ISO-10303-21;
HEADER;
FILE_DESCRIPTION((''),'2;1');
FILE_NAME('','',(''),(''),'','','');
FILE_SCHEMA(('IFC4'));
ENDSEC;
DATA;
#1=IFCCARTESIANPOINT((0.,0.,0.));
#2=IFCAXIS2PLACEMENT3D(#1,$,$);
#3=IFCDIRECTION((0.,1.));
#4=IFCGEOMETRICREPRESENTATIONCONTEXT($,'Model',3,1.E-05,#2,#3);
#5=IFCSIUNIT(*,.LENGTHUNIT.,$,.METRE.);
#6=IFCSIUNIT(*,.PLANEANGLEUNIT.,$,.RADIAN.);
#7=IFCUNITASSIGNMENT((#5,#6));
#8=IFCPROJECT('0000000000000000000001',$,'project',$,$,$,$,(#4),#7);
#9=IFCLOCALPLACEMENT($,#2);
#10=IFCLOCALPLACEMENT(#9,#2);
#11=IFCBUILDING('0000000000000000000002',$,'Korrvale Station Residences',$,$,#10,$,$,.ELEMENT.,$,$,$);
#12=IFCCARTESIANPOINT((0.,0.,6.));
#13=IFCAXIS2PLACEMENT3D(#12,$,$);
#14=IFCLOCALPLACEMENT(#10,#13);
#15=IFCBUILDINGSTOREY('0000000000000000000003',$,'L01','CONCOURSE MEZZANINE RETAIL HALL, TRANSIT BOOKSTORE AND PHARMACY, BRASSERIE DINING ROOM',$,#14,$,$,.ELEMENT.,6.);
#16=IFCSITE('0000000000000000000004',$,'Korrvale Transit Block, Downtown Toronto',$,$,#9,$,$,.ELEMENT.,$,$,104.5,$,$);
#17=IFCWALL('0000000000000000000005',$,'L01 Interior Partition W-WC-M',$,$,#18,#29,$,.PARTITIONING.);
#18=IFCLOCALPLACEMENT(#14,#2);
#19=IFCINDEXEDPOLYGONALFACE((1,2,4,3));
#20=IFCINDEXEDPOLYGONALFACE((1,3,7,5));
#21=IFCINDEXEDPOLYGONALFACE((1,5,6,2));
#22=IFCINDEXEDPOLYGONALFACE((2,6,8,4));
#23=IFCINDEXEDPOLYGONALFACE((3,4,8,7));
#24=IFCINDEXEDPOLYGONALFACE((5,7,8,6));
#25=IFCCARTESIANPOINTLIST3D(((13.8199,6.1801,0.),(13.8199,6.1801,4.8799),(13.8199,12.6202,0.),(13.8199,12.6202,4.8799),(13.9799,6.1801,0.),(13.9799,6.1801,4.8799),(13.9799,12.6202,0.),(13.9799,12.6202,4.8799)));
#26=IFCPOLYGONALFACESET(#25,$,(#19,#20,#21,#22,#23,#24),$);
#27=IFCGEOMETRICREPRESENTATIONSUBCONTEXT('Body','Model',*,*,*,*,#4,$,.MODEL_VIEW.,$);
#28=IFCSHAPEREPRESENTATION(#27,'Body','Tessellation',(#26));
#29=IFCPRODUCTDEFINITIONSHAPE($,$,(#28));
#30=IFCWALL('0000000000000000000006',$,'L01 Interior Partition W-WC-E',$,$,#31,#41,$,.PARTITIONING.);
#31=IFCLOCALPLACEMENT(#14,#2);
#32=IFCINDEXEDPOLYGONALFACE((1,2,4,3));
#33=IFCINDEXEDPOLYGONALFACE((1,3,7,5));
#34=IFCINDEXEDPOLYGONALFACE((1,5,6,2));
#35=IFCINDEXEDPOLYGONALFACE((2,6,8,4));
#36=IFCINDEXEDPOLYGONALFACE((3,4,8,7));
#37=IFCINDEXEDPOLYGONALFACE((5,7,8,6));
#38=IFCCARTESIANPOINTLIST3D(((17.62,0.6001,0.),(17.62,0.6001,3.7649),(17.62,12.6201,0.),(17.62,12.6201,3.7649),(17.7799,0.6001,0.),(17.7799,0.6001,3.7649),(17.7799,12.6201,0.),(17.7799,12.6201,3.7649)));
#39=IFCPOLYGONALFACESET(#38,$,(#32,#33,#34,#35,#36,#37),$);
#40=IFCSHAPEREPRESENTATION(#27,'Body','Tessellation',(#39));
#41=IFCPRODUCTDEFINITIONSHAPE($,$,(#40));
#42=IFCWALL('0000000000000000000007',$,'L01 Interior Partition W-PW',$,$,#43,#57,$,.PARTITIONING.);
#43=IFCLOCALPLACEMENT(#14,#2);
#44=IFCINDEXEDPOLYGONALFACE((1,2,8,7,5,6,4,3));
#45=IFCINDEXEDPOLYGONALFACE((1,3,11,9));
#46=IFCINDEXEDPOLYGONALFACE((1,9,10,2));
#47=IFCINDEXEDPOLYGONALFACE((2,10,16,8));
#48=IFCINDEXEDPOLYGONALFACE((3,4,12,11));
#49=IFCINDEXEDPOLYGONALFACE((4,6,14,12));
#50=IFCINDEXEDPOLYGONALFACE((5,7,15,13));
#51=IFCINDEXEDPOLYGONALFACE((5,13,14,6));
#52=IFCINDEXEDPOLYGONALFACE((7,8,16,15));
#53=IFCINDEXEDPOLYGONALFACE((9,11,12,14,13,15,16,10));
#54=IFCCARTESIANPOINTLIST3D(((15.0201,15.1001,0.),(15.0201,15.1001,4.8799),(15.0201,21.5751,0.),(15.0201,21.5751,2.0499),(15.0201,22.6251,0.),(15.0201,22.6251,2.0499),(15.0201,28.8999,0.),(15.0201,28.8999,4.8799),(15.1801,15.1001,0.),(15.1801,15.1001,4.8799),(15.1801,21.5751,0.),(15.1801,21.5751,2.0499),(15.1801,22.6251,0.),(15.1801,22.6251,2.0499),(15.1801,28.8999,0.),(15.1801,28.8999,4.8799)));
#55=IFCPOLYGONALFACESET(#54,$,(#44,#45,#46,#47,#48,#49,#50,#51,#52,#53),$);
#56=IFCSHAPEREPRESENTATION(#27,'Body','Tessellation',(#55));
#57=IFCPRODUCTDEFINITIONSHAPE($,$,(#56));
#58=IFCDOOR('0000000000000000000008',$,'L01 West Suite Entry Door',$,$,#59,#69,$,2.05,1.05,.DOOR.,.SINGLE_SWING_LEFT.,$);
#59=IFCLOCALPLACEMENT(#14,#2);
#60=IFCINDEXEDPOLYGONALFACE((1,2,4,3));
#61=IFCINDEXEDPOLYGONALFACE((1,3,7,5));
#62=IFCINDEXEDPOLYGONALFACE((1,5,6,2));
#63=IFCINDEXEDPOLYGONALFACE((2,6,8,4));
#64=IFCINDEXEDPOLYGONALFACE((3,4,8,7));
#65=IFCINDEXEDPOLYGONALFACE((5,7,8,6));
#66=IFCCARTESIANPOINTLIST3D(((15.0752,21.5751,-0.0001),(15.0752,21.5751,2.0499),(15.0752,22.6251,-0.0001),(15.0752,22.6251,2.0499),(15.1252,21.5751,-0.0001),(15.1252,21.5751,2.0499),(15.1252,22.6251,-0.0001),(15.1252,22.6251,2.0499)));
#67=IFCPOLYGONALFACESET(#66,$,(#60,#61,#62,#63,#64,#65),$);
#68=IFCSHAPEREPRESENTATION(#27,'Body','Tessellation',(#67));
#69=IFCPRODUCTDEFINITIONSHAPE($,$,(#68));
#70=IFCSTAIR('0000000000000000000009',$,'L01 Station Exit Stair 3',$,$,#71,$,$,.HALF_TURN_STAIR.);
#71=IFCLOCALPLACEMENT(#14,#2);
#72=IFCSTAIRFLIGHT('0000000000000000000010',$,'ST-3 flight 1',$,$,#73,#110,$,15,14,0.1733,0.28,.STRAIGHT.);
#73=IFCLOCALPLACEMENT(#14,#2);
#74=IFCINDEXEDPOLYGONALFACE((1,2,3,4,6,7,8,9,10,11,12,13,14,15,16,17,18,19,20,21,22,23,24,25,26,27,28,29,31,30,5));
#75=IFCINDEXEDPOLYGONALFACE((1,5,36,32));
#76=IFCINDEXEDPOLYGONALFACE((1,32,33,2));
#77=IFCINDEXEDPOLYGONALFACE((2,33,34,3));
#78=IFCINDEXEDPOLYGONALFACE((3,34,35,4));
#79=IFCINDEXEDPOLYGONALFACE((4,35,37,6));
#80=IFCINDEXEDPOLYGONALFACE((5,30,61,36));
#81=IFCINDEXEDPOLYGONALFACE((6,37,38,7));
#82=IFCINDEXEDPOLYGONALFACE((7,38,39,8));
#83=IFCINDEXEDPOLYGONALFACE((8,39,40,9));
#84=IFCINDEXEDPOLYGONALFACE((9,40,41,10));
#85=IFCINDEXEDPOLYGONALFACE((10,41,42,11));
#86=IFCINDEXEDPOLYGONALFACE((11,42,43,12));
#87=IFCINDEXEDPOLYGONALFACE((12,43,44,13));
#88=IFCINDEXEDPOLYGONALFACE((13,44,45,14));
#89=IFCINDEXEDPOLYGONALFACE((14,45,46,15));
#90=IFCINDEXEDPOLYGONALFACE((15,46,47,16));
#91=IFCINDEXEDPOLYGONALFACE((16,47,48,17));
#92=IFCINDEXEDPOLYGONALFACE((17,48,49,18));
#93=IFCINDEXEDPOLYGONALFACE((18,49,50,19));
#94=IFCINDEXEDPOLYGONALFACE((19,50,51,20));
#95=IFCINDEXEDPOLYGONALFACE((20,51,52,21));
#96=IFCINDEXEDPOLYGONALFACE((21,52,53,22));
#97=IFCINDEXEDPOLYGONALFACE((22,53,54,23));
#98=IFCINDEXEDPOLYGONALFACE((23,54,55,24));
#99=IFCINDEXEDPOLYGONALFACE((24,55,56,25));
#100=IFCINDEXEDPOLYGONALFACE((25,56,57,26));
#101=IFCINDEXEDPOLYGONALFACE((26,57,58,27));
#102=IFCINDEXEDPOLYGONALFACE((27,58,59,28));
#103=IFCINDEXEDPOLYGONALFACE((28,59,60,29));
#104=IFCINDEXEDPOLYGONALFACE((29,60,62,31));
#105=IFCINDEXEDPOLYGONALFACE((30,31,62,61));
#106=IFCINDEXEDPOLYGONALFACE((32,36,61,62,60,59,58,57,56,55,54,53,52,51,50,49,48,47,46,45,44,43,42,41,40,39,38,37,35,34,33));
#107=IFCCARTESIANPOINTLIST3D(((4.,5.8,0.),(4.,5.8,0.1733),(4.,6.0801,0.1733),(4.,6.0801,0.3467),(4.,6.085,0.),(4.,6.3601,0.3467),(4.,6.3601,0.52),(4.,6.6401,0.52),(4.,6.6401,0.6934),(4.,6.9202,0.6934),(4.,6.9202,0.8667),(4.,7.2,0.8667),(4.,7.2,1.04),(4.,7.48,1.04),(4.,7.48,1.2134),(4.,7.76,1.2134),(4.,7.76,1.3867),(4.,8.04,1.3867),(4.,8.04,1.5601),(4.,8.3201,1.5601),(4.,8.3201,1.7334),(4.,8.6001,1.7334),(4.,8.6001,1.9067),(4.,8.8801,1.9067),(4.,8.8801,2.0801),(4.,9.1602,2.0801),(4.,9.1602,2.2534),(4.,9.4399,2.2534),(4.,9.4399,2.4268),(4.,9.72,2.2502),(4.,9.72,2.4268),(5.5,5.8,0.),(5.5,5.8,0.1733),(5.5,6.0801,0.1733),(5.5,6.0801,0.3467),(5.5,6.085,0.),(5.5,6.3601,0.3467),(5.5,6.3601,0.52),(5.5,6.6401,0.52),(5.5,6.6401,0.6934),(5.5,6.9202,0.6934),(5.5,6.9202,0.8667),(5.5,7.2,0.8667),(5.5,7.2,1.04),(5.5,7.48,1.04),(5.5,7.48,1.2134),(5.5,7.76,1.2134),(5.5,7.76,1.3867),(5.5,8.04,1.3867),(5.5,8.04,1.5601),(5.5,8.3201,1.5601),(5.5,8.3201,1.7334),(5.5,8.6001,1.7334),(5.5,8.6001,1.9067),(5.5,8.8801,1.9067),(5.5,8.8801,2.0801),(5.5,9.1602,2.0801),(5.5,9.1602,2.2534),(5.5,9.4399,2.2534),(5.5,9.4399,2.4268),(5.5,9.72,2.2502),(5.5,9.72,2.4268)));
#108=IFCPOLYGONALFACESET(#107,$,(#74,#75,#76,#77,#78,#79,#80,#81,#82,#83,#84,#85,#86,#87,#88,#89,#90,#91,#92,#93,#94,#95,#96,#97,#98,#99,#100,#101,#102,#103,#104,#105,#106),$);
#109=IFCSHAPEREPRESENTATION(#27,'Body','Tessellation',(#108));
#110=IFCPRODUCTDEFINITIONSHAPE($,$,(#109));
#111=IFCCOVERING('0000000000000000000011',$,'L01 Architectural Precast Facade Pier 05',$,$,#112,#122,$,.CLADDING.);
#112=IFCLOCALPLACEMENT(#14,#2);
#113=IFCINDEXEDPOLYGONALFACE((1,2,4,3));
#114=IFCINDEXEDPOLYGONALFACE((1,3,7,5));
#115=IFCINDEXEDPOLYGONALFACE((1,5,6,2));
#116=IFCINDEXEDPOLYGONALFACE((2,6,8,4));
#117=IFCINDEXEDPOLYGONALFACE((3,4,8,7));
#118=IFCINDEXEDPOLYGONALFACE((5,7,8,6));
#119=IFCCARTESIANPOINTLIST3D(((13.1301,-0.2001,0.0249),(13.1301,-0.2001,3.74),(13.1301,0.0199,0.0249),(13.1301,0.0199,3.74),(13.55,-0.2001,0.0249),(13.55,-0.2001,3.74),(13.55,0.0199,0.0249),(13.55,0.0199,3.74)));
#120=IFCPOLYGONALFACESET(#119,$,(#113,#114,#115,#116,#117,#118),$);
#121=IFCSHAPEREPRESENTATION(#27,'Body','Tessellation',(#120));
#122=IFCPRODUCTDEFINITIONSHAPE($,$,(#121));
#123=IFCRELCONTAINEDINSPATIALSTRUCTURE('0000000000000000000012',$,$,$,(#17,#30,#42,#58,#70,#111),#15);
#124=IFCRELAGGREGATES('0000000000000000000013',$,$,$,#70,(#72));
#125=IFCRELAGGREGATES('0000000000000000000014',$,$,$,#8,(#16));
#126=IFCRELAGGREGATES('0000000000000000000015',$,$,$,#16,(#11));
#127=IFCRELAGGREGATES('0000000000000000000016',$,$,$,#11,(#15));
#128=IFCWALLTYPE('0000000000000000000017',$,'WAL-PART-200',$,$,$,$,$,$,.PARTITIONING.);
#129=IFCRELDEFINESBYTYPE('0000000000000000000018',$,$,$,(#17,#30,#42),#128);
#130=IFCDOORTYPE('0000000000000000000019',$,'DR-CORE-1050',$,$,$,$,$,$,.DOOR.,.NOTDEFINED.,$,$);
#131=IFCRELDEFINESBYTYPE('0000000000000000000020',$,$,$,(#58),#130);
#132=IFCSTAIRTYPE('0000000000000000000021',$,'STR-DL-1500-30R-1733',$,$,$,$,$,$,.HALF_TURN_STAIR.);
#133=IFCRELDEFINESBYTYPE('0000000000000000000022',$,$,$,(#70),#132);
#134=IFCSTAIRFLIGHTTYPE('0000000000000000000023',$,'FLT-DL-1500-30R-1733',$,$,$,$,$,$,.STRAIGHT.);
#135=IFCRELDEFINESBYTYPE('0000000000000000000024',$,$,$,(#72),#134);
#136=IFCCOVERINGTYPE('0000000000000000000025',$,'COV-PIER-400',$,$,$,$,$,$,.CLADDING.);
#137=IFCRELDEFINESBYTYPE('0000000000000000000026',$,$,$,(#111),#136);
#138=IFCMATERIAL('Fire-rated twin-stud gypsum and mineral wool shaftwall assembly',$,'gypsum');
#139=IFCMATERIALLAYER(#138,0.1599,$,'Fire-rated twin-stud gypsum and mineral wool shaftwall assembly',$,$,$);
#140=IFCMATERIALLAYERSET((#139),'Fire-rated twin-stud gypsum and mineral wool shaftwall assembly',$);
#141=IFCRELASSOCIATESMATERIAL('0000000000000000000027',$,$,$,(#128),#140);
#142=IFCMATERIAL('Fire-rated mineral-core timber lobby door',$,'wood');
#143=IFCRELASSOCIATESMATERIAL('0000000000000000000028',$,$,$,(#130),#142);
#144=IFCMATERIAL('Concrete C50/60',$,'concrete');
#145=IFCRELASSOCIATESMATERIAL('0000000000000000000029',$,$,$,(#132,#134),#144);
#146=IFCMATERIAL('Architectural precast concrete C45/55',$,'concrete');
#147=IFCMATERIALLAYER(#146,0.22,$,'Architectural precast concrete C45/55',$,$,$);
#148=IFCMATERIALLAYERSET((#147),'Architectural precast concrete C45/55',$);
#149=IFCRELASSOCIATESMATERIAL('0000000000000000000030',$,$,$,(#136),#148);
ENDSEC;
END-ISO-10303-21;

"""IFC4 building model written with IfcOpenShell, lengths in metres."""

from ifc_helpers import new_model, si_unit, direction, frame, frame_2d, origin, origin_2d, place, context, subcontext, project, spatial, polyline, rectangle, outline, extrude, material, layer, layer_set, type_object, element, fill, aggregate, save


model = new_model("IFC4")

# Units and contexts
model_context = context("Model", 3, precision=1e-05, world=origin(), true_north=direction((0.0, 1.0)))
body_context = subcontext(model_context, "Body", "Model", "MODEL_VIEW")
ifc_project = project(units=[si_unit("LENGTHUNIT", "METRE"), si_unit("PLANEANGLEUNIT", "RADIAN")], contexts=[model_context])

# Site, building, storey
site_placement = place(None, origin())
site = spatial("IfcSite", under=ifc_project, at=site_placement, Name="Korrvale Transit Block, Downtown Toronto", CompositionType="ELEMENT", RefElevation=104.5)
building_placement = place(site_placement, origin())
building = spatial("IfcBuilding", under=site, at=building_placement, Name="Korrvale Station Residences", CompositionType="ELEMENT")
storey_placement = place(building_placement, frame((0.0, 0.0, 6.0)))
storey = spatial("IfcBuildingStorey", under=building, at=storey_placement, Name="L01", Description="CONCOURSE MEZZANINE RETAIL HALL, TRANSIT BOOKSTORE AND PHARMACY, BRASSERIE DINING ROOM", CompositionType="ELEMENT", Elevation=6.0)

# Shared definitions
ifc_material_1 = material(Name="Fire-rated twin-stud gypsum and mineral wool shaftwall assembly", Category="gypsum")
ifc_layer_1 = layer(ifc_material_1, 0.1599, Name="Fire-rated twin-stud gypsum and mineral wool shaftwall assembly")
ifc_layer_set_1 = layer_set([ifc_layer_1], Name="Fire-rated twin-stud gypsum and mineral wool shaftwall assembly")
wall_type_1 = type_object("IfcWallType", Name="WAL-PART-200", PredefinedType="PARTITIONING", material=ifc_layer_set_1)
ifc_material_2 = material(Name="Fire-rated mineral-core timber lobby door", Category="wood")
door_type_1 = type_object("IfcDoorType", Name="DR-CORE-1050", OperationType="NOTDEFINED", PredefinedType="DOOR", material=ifc_material_2)

# Walls
wall_1_placement = place(storey_placement, frame((13.8999, 6.1799, 0.0), z_axis=(0.0, 0.0, 1.0), x_axis=(0.0, 1.0, 0.0)))
element("IfcWall", 1, at=wall_1_placement, inside=storey, type_object=wall_type_1, Name="L01 Interior Partition W-WC-M", PredefinedType="PARTITIONING", context=body_context, shape_type="SweptSolid", body=[
    extrude(rectangle(XDim=6.4402, YDim=0.1599, at=frame_2d((3.2202, 0.0))), origin(), (0.0, 0.0, 1.0), 4.8799),
])
wall_2_placement = place(storey_placement, frame((17.7, 0.6001, 0.0), z_axis=(0.0, 0.0, 1.0), x_axis=(0.0, 1.0, 0.0)))
element("IfcWall", 2, at=wall_2_placement, inside=storey, type_object=wall_type_1, Name="L01 Interior Partition W-WC-E", PredefinedType="PARTITIONING", context=body_context, shape_type="SweptSolid", body=[
    extrude(rectangle(XDim=12.02, YDim=0.1599, at=frame_2d((6.01, 0.0))), origin(), (0.0, 0.0, 1.0), 3.7649),
])

# Wall, opening, door
wall_3_placement = place(storey_placement, frame((15.1001, 15.1001, 0.0), z_axis=(0.0, 0.0, 1.0), x_axis=(0.0, 1.0, 0.0)))
wall_3 = element("IfcWall", 3, at=wall_3_placement, inside=storey, type_object=wall_type_1, Name="L01 Interior Partition W-PW", PredefinedType="PARTITIONING", context=body_context, shape_type="SweptSolid", body=[
    extrude(rectangle(XDim=13.7998, YDim=0.1599, at=frame_2d((6.8999, 0.0))), origin(), (0.0, 0.0, 1.0), 4.8799),
])
opening_1_placement = place(wall_3_placement, frame((6.4751, 0.0, 0.0)))
opening_1 = element("IfcOpeningElement", 4, at=opening_1_placement, cuts=wall_3, PredefinedType="OPENING", context=body_context, shape_type="SweptSolid", body=[
    extrude(rectangle(XDim=1.05, YDim=2.05, at=frame_2d((0.5249, 1.0249))), frame((0.0, 0.0898, 0.0), z_axis=(0.0, -1.0, 0.0), x_axis=(1.0, 0.0, 0.0)), (0.0, 0.0, 1.0), 0.1799),
])
door_1_placement = place(opening_1_placement, origin())
door_1 = element("IfcDoor", 5, at=door_1_placement, inside=storey, type_object=door_type_1, Name="L01 West Suite Entry Door", OperationType="SINGLE_SWING_LEFT", OverallHeight=2.05, OverallWidth=1.05, PredefinedType="DOOR", context=body_context, shape_type="SweptSolid", body=[
    extrude(rectangle(XDim=1.05, YDim=2.05, at=frame_2d((0.5249, 1.0249))), frame((0.0, 0.0249, 0.0), z_axis=(0.0, -1.0, 0.0), x_axis=(1.0, 0.0, 0.0)), (0.0, 0.0, 1.0), 0.05),
])
fill(opening_1, door_1)

# Stair, stair flight
ifc_material_3 = material(Name="Concrete C50/60", Category="concrete")
stair_type = type_object("IfcStairType", Name="STR-DL-1500-30R-1733", PredefinedType="HALF_TURN_STAIR", material=ifc_material_3)
stair_placement = place(storey_placement, origin())
stair = element("IfcStair", 6, at=stair_placement, inside=storey, type_object=stair_type, Name="L01 Station Exit Stair 3", PredefinedType="HALF_TURN_STAIR")
stair_flight_type = type_object("IfcStairFlightType", Name="FLT-DL-1500-30R-1733", PredefinedType="STRAIGHT", material=ifc_material_3)
stair_flight_placement = place(storey_placement, frame((4.75, 5.8, 0.0), z_axis=(0.0, 0.0, 1.0), x_axis=(0.0, 1.0, 0.0)))
stair_flight = element("IfcStairFlight", 7, at=stair_flight_placement, type_object=stair_flight_type, Name="ST-3 flight 1", NumberOfRisers=15, NumberOfTreads=14, PredefinedType="STRAIGHT", RiserHeight=0.1733, TreadLength=0.28, context=body_context, shape_type="SweptSolid", body=[
    extrude(outline(polyline([(0.0, 0.0), (0.0, 0.1733), (0.28, 0.1733), (0.28, 0.3467), (0.5601, 0.3467), (0.5601, 0.52), (0.8401, 0.52), (0.8401, 0.6934), (1.1201, 0.6934), (1.1201, 0.8667), (1.3999, 0.8667), (1.3999, 1.04), (1.6799, 1.04), (1.6799, 1.2134), (1.96, 1.2134), (1.96, 1.3867), (2.24, 1.3867), (2.24, 1.5601), (2.52, 1.5601), (2.52, 1.7334), (2.8, 1.7334), (2.8, 1.9067), (3.0801, 1.9067), (3.0801, 2.0801), (3.3601, 2.0801), (3.3601, 2.2534), (3.6399, 2.2534), (3.6399, 2.4268), (3.9199, 2.4268), (3.9199, 2.6001), (3.9199, 2.2502), (0.2849, 0.0), (0.0, 0.0)])), frame((0.0, 0.75, 0.0), z_axis=(0.0, -1.0, 0.0), x_axis=(1.0, 0.0, 0.0)), (0.0, 0.0, 1.0), 1.5),
])
aggregate(stair, [stair_flight])

# Covering
ifc_material_4 = material(Name="Architectural precast concrete C45/55", Category="concrete")
ifc_layer_2 = layer(ifc_material_4, 0.22, Name="Architectural precast concrete C45/55")
ifc_layer_set_2 = layer_set([ifc_layer_2], Name="Architectural precast concrete C45/55")
covering_type = type_object("IfcCoveringType", Name="COV-PIER-400", PredefinedType="CLADDING", material=ifc_layer_set_2)
covering_placement = place(storey_placement, frame((13.3401, -0.0901, 0.0249), z_axis=(0.0, 0.0, 1.0), x_axis=(1.0, 0.0, 0.0)))
element("IfcCovering", 8, at=covering_placement, inside=storey, type_object=covering_type, Name="L01 Architectural Precast Facade Pier 05", PredefinedType="CLADDING", context=body_context, shape_type="SweptSolid", body=[
    extrude(rectangle(XDim=0.4199, YDim=0.22, at=origin_2d()), origin(), (0.0, 0.0, 1.0), 3.7151),
])

save(model, "model.ifc")
